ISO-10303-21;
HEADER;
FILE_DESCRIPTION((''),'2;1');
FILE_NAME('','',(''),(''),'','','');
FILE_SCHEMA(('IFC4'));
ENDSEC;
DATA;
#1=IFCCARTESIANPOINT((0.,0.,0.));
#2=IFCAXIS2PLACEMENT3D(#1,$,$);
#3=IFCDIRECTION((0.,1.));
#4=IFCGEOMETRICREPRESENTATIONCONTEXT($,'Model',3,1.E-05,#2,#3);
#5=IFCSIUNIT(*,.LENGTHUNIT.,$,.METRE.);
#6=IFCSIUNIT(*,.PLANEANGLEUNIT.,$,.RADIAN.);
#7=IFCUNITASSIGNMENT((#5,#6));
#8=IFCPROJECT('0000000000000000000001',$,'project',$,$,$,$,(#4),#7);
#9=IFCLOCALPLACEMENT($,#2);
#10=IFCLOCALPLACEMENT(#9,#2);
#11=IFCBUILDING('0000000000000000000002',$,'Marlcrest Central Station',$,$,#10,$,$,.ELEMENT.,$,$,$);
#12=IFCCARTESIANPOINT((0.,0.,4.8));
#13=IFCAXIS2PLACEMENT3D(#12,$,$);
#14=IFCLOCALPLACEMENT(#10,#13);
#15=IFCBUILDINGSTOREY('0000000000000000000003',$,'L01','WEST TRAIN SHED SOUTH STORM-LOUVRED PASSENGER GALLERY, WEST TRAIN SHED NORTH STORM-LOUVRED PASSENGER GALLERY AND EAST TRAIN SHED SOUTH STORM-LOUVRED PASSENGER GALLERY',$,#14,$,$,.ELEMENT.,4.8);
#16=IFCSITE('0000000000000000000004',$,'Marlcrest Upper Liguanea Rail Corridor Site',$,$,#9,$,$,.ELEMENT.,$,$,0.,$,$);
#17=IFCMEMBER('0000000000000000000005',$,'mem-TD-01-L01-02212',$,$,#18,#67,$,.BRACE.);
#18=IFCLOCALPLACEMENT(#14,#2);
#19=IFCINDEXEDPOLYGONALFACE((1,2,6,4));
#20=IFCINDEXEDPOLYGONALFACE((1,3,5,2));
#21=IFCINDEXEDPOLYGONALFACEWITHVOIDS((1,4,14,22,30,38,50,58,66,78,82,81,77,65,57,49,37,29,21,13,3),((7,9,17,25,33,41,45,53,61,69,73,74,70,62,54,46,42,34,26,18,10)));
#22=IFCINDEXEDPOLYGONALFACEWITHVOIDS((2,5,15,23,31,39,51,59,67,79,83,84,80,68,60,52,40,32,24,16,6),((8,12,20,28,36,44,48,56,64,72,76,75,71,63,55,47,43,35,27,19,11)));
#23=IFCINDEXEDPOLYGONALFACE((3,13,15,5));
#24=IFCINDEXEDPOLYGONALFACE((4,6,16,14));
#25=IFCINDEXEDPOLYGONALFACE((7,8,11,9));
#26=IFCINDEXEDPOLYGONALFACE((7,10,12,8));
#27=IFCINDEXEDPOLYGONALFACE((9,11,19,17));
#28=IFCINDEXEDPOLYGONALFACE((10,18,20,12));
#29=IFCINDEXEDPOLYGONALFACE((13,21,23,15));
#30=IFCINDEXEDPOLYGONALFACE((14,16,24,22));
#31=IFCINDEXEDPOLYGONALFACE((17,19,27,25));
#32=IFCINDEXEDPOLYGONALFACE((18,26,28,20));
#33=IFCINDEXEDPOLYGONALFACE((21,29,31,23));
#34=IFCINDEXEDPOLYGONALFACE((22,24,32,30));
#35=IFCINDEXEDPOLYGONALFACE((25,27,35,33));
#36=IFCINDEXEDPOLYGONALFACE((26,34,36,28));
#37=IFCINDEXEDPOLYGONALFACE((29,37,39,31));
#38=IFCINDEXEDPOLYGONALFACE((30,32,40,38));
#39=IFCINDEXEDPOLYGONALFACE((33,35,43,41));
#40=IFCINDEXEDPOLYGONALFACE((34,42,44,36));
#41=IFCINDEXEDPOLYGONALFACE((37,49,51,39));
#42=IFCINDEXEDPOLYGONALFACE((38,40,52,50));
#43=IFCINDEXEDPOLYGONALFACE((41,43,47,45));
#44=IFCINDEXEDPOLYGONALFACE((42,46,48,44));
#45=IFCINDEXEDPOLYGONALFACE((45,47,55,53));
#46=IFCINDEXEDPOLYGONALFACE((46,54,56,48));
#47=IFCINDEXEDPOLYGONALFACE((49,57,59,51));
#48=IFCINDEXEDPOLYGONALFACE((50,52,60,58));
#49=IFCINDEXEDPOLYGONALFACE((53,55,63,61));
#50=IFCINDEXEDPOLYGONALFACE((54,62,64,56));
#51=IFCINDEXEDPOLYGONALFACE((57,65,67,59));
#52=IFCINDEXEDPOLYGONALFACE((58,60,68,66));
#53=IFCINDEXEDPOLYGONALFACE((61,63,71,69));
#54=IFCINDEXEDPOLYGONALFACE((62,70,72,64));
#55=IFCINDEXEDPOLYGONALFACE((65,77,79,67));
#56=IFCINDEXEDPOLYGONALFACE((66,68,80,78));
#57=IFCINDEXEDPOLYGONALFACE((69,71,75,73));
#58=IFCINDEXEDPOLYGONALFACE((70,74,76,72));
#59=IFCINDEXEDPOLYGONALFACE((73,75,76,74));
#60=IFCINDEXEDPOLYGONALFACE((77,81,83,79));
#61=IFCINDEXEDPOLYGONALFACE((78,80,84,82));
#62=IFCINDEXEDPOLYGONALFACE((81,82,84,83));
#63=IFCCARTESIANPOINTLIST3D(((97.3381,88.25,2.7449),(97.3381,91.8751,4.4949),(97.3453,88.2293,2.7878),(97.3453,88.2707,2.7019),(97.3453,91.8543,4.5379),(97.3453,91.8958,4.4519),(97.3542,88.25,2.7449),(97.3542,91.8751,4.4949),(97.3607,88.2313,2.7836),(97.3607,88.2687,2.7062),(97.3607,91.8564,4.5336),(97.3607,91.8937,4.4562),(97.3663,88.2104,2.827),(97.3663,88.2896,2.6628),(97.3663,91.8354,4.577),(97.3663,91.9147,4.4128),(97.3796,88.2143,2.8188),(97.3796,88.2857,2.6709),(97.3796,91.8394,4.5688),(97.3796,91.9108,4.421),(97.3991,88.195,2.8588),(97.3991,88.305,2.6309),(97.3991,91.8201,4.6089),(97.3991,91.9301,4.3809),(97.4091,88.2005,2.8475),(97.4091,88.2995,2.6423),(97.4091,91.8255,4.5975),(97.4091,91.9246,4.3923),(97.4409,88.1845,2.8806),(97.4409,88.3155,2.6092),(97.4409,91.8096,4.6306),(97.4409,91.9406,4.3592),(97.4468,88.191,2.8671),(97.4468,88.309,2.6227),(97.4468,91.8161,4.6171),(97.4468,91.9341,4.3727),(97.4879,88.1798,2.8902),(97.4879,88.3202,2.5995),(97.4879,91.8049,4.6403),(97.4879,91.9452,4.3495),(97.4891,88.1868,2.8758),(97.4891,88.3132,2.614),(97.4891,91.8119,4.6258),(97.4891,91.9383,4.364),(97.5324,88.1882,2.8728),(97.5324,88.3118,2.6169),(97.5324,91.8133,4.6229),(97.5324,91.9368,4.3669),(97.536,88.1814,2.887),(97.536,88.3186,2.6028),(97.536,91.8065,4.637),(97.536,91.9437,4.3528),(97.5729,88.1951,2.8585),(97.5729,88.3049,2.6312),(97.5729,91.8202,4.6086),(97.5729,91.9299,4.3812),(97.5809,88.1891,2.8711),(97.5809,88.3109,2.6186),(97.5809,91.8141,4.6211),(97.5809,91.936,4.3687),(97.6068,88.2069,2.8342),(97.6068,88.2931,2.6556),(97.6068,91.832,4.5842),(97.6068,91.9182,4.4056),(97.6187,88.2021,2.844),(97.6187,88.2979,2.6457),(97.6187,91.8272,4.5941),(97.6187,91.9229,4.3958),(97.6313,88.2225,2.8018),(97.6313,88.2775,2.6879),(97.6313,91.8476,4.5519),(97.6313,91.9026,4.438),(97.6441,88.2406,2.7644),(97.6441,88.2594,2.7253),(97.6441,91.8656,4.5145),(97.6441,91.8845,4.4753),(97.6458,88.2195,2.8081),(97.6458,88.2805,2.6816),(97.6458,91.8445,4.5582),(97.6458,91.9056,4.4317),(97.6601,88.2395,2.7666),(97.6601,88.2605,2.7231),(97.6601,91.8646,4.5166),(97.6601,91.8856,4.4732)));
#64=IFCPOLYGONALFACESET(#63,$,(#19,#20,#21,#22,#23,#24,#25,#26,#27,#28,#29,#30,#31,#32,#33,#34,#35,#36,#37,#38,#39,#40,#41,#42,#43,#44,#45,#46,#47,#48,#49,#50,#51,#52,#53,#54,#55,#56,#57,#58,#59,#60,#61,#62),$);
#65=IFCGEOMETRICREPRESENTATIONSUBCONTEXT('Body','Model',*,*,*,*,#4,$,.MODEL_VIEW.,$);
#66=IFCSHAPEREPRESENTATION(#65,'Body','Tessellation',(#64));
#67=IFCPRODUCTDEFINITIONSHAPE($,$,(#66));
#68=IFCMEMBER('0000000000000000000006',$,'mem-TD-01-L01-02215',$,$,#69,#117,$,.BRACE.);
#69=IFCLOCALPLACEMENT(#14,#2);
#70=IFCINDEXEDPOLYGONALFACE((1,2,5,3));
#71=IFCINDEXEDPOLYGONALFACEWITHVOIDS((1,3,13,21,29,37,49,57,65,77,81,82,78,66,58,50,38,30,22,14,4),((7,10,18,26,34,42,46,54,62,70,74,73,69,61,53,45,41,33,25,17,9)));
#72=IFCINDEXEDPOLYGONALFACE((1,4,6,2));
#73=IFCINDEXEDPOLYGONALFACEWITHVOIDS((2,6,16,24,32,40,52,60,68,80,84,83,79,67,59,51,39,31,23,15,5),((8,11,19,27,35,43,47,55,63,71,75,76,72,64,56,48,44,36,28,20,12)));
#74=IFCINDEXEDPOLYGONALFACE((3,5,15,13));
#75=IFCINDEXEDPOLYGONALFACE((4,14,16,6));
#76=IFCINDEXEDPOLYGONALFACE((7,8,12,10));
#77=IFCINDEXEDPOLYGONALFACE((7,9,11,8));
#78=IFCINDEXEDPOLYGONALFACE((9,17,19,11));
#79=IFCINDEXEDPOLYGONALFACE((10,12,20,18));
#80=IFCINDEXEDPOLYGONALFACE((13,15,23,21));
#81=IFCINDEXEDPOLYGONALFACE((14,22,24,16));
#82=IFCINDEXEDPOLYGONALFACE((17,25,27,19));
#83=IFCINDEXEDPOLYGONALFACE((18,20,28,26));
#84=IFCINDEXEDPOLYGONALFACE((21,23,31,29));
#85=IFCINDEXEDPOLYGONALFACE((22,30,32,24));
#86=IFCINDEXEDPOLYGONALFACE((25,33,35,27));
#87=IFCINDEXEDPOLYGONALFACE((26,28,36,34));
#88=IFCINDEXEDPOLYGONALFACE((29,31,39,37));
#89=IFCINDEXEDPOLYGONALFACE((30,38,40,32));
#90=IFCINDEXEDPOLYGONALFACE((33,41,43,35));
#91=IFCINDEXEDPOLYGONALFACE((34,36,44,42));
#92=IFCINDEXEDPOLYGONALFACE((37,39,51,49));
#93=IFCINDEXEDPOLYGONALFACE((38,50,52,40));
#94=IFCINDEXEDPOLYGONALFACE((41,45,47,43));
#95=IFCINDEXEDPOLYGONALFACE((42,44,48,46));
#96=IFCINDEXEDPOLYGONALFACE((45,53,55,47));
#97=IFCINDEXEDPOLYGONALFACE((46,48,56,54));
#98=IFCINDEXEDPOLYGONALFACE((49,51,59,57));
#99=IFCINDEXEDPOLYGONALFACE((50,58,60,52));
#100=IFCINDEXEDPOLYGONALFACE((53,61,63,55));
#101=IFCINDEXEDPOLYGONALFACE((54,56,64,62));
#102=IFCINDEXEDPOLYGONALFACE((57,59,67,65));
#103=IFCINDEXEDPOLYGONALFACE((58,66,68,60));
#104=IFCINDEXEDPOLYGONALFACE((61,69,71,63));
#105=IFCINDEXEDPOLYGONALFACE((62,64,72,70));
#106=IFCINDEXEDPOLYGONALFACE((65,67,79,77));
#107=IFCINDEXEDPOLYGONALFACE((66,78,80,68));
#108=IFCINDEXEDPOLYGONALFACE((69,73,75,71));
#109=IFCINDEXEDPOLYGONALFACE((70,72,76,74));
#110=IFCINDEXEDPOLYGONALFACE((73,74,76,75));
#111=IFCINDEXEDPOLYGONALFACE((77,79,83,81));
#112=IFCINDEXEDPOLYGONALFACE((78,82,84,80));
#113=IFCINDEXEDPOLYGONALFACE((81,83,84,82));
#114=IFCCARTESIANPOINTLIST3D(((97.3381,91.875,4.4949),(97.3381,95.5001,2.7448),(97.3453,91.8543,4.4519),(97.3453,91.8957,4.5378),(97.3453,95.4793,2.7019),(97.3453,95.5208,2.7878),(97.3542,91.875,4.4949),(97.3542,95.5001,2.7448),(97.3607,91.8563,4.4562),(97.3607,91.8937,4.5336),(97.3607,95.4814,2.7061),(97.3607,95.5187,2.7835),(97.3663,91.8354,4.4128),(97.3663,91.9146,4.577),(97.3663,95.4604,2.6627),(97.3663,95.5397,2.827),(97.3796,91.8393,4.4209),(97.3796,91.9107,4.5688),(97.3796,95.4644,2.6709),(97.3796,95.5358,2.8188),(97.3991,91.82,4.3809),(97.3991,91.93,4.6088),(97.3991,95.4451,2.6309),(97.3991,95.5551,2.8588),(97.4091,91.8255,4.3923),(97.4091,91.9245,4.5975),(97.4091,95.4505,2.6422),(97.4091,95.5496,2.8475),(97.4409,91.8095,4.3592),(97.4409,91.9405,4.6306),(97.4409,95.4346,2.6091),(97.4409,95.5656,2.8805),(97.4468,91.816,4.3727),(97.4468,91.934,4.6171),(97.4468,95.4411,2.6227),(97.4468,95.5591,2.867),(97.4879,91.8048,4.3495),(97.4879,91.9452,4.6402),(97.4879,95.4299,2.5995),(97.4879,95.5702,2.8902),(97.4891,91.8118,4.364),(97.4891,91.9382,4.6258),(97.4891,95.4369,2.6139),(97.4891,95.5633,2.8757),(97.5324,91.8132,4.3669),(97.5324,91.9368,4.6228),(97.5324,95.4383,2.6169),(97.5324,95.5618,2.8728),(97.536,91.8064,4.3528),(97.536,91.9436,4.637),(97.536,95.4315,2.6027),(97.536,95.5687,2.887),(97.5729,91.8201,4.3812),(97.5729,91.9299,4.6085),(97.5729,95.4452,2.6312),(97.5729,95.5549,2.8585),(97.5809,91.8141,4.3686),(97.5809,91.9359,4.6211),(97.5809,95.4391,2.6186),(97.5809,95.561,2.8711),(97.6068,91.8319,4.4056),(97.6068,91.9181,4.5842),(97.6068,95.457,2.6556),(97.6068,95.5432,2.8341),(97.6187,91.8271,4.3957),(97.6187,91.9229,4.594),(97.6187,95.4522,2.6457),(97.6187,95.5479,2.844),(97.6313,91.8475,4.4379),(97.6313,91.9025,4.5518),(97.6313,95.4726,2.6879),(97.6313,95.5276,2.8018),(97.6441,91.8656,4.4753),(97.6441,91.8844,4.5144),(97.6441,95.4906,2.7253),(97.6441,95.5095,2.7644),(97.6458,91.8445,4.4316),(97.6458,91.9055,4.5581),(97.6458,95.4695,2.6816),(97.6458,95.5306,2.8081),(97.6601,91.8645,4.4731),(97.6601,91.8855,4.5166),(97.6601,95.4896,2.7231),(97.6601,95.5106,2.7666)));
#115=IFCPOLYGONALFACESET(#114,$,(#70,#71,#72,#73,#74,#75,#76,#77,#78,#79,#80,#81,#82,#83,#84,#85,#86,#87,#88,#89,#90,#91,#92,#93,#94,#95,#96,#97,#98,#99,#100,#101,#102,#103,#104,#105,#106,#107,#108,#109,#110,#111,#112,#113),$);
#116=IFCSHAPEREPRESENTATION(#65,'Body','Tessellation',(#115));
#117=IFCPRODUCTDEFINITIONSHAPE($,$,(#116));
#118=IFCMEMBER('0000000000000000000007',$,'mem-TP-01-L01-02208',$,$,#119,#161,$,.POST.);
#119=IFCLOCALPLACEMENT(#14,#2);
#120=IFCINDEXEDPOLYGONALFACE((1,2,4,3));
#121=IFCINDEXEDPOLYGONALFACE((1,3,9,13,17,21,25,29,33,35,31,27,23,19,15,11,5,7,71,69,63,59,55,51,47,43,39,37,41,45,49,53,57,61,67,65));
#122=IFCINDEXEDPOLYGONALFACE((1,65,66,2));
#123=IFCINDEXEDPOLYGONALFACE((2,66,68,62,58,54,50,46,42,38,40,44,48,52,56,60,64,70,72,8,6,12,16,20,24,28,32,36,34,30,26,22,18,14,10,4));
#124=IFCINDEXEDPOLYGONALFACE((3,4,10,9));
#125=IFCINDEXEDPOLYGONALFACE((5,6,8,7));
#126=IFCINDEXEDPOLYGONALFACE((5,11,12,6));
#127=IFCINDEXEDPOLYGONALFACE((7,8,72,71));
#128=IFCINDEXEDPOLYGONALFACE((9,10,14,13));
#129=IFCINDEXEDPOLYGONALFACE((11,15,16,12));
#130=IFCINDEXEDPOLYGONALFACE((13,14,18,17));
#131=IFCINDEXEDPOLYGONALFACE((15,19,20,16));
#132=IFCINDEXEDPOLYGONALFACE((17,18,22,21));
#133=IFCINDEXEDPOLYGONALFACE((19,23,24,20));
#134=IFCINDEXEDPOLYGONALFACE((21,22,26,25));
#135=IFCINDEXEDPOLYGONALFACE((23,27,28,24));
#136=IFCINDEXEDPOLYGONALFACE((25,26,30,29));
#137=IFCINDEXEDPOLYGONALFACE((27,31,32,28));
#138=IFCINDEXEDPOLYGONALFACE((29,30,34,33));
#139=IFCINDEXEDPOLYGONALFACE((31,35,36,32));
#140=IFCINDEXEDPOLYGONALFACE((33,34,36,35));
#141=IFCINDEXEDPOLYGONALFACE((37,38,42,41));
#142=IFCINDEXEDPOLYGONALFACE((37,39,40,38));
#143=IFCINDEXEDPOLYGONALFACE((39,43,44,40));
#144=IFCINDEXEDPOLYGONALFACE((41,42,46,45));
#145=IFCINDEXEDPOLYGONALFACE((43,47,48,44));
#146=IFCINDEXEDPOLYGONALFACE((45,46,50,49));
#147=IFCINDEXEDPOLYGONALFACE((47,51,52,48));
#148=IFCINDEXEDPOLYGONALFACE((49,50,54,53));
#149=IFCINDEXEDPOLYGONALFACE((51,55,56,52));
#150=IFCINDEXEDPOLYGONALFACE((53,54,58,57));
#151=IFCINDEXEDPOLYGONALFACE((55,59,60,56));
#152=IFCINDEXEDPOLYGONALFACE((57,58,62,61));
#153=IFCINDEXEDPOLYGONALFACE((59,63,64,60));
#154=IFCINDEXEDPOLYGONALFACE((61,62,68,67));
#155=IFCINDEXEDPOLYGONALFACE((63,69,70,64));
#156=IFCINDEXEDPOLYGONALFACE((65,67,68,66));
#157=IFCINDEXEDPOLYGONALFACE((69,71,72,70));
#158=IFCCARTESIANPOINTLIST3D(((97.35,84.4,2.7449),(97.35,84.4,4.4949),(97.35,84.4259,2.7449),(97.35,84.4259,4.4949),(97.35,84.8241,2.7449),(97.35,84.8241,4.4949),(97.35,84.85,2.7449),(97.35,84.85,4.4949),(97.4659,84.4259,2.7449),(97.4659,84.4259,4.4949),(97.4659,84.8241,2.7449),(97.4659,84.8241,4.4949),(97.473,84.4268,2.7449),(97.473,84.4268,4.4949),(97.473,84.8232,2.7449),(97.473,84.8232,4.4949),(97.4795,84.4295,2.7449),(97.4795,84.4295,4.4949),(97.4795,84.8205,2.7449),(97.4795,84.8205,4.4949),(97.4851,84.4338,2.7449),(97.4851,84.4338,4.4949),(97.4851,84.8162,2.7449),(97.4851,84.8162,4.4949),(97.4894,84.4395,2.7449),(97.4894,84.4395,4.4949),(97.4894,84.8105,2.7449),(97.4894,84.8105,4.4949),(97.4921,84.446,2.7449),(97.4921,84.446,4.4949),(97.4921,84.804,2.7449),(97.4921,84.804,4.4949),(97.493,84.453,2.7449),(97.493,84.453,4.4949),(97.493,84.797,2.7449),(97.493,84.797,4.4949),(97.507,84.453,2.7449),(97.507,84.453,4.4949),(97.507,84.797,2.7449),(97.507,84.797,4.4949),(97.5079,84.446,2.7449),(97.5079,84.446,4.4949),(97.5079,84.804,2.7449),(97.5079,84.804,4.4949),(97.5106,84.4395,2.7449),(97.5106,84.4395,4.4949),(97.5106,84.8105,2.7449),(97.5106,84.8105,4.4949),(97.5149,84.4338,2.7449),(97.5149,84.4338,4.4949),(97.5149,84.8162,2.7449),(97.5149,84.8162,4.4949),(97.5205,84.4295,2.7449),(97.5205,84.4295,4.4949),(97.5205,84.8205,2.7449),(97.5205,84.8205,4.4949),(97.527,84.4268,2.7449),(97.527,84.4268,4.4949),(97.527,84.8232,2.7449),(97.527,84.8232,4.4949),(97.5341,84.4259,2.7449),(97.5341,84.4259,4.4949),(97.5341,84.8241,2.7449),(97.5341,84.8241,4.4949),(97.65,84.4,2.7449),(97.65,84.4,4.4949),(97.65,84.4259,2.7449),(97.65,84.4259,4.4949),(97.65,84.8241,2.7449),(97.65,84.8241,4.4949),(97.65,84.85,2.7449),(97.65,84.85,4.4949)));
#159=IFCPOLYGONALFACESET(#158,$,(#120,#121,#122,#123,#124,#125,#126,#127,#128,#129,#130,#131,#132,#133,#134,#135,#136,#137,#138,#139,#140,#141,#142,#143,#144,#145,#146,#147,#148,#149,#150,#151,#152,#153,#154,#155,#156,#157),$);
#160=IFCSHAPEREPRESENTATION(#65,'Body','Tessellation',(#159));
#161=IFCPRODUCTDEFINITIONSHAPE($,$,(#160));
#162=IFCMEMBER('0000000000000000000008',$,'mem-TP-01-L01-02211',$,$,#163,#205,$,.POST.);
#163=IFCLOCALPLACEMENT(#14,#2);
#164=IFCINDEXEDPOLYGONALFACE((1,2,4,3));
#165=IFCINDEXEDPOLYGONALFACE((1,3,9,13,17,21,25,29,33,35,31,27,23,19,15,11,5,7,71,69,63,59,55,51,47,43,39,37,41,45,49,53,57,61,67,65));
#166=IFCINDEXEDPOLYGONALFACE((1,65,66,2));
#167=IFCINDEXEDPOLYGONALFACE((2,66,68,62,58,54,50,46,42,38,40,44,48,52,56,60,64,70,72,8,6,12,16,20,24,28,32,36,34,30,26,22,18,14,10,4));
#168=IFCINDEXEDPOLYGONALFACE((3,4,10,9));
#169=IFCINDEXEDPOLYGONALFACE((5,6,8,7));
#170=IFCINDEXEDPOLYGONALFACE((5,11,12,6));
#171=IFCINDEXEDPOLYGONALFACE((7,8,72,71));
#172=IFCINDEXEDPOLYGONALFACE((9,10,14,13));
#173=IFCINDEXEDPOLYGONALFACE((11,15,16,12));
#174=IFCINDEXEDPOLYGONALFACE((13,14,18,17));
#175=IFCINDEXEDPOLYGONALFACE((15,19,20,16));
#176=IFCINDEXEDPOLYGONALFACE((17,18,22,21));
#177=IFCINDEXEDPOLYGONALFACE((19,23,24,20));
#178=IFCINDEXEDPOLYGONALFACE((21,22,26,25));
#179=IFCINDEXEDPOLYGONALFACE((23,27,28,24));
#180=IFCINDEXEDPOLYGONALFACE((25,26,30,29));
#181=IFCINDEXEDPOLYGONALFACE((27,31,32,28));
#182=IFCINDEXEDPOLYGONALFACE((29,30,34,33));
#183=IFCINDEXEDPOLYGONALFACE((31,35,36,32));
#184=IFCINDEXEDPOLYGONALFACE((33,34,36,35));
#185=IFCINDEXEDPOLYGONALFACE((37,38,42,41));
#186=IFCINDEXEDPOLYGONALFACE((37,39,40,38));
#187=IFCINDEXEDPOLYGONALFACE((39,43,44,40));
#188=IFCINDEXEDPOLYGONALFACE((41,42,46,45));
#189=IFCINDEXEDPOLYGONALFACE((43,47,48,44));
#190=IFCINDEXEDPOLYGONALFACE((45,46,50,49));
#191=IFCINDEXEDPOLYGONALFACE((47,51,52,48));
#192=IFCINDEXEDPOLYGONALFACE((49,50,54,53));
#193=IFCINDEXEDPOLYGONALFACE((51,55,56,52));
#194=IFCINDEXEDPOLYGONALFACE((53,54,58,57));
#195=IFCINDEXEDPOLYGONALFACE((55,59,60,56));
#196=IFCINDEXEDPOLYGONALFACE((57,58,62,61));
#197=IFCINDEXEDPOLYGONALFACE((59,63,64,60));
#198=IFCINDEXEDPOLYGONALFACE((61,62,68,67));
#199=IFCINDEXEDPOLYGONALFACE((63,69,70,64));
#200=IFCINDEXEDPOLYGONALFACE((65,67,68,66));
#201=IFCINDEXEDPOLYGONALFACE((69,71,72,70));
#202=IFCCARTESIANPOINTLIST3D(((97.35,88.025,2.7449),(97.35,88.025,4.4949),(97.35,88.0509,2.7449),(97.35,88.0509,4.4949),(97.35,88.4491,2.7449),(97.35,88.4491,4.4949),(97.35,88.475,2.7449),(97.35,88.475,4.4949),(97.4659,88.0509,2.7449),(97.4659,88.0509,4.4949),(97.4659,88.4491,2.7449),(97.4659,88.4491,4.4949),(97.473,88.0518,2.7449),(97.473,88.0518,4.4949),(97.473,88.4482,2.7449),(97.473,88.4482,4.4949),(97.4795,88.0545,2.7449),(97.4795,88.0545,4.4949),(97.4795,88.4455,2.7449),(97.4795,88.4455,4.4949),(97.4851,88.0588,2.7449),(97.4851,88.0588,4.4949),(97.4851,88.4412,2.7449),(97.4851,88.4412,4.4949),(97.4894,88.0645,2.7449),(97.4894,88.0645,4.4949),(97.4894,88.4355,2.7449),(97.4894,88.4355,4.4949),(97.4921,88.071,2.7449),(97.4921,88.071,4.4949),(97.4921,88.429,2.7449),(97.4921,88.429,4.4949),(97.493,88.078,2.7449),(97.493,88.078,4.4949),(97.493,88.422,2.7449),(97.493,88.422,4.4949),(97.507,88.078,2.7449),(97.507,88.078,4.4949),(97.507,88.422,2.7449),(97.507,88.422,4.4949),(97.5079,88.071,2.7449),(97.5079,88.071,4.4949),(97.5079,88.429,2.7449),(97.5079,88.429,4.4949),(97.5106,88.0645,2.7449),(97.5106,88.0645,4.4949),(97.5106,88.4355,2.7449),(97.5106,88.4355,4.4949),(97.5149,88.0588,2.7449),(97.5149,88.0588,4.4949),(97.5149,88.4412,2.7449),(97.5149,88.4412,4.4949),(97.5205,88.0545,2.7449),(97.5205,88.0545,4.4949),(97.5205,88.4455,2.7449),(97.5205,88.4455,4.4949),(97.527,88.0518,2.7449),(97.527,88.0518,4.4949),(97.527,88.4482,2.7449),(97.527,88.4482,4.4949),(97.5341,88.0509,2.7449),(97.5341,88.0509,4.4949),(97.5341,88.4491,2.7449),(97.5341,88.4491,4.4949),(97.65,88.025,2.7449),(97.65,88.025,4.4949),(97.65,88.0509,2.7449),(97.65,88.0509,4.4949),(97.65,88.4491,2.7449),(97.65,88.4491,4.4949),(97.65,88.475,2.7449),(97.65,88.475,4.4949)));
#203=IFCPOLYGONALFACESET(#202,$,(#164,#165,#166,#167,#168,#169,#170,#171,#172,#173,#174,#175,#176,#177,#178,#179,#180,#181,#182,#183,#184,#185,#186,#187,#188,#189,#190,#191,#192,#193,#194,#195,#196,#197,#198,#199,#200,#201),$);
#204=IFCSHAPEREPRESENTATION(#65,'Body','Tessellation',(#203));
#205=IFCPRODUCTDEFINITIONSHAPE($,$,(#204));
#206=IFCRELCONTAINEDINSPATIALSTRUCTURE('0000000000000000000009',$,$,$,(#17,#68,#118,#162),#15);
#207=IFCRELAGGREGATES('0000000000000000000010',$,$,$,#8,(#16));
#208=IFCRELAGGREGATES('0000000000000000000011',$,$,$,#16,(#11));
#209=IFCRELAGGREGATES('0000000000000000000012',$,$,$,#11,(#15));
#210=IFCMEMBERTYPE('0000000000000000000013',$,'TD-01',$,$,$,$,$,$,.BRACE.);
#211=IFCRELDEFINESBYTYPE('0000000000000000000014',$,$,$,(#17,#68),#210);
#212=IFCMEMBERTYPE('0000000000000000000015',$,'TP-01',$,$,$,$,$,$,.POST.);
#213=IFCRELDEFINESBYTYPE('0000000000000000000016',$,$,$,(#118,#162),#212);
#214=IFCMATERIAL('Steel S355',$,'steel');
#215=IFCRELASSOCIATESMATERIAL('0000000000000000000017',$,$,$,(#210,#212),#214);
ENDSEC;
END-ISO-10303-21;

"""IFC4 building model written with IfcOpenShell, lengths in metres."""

from ifc_helpers import new_model, si_unit, direction, frame, origin, origin_2d, place, context, subcontext, project, spatial, hollow_circle, i_section, extrude, material, material_profile, profile_set, type_object, element, save


model = new_model("IFC4")

# Units and contexts
model_context = context("Model", 3, precision=1e-05, world=origin(), true_north=direction((0.0, 1.0)))
body_context = subcontext(model_context, "Body", "Model", "MODEL_VIEW")
ifc_project = project(units=[si_unit("LENGTHUNIT", "METRE"), si_unit("PLANEANGLEUNIT", "RADIAN")], contexts=[model_context])

# Site, building, storey
site_placement = place(None, origin())
site = spatial("IfcSite", under=ifc_project, at=site_placement, Name="Marlcrest Upper Liguanea Rail Corridor Site", CompositionType="ELEMENT", RefElevation=0.0)
building_placement = place(site_placement, origin())
building = spatial("IfcBuilding", under=site, at=building_placement, Name="Marlcrest Central Station", CompositionType="ELEMENT")
storey_placement = place(building_placement, frame((0.0, 0.0, 4.8)))
storey = spatial("IfcBuildingStorey", under=building, at=storey_placement, Name="L01", Description="WEST TRAIN SHED SOUTH STORM-LOUVRED PASSENGER GALLERY, WEST TRAIN SHED NORTH STORM-LOUVRED PASSENGER GALLERY AND EAST TRAIN SHED SOUTH STORM-LOUVRED PASSENGER GALLERY", CompositionType="ELEMENT", Elevation=4.8)

# Shared definitions
ifc_material = material(Name="Steel S355", Category="steel")

# Members
ifc_material_profile_1 = material_profile(ifc_material, hollow_circle(Radius=0.1619, WallThickness=0.0161, at=origin_2d()), Name="CHS 323.9x16")
ifc_profile_set_1 = profile_set([ifc_material_profile_1], Name="Steel S355")
member_type_1 = type_object("IfcMemberType", Name="TD-01", PredefinedType="BRACE", material=ifc_profile_set_1)
for number, where, z_axis, x_axis, name in (
    (1, (97.5, 88.25, 2.7449), (0.0, 0.900552, 0.434749), (-1.0, 0.0, 0.0), "mem-TD-01-L01-02212"),
    (2, (97.5, 91.875, 4.4949), (0.0, 0.900552, -0.434749), (-1.0, 0.0, 0.0), "mem-TD-01-L01-02215"),
):
    element("IfcMember", number, at=place(storey_placement, frame(where, z_axis=z_axis, x_axis=x_axis)), inside=storey, type_object=member_type_1, Name=name, PredefinedType="BRACE", context=body_context, shape_type="SweptSolid", body=[
        extrude(hollow_circle(Radius=0.1619, WallThickness=0.0161, at=origin_2d()), origin(), (0.0, 0.0, 1.0), 4.0254),
    ])
ifc_material_profile_2 = material_profile(ifc_material, i_section(OverallWidth=0.3, OverallDepth=0.45, WebThickness=0.0139, FlangeThickness=0.0259, FilletRadius=0.0271, at=origin_2d()), Name="HEB 450")
ifc_profile_set_2 = profile_set([ifc_material_profile_2], Name="Steel S355")
member_type_2 = type_object("IfcMemberType", Name="TP-01", PredefinedType="POST", material=ifc_profile_set_2)
for number, where, z_axis, x_axis, name in (
    (3, (97.5, 84.625, 2.7449), (0.0, 0.0, 1.0), (1.0, 0.0, 0.0), "mem-TP-01-L01-02208"),
    (4, (97.5, 88.25, 2.7449), (0.0, 0.0, 1.0), (1.0, 0.0, 0.0), "mem-TP-01-L01-02211"),
):
    element("IfcMember", number, at=place(storey_placement, frame(where, z_axis=z_axis, x_axis=x_axis)), inside=storey, type_object=member_type_2, Name=name, PredefinedType="POST", context=body_context, shape_type="SweptSolid", body=[
        extrude(i_section(OverallWidth=0.3, OverallDepth=0.45, WebThickness=0.0139, FlangeThickness=0.0259, FilletRadius=0.0271, at=origin_2d()), origin(), (0.0, 0.0, 1.0), 1.75),
    ])

save(model, "model.ifc")
